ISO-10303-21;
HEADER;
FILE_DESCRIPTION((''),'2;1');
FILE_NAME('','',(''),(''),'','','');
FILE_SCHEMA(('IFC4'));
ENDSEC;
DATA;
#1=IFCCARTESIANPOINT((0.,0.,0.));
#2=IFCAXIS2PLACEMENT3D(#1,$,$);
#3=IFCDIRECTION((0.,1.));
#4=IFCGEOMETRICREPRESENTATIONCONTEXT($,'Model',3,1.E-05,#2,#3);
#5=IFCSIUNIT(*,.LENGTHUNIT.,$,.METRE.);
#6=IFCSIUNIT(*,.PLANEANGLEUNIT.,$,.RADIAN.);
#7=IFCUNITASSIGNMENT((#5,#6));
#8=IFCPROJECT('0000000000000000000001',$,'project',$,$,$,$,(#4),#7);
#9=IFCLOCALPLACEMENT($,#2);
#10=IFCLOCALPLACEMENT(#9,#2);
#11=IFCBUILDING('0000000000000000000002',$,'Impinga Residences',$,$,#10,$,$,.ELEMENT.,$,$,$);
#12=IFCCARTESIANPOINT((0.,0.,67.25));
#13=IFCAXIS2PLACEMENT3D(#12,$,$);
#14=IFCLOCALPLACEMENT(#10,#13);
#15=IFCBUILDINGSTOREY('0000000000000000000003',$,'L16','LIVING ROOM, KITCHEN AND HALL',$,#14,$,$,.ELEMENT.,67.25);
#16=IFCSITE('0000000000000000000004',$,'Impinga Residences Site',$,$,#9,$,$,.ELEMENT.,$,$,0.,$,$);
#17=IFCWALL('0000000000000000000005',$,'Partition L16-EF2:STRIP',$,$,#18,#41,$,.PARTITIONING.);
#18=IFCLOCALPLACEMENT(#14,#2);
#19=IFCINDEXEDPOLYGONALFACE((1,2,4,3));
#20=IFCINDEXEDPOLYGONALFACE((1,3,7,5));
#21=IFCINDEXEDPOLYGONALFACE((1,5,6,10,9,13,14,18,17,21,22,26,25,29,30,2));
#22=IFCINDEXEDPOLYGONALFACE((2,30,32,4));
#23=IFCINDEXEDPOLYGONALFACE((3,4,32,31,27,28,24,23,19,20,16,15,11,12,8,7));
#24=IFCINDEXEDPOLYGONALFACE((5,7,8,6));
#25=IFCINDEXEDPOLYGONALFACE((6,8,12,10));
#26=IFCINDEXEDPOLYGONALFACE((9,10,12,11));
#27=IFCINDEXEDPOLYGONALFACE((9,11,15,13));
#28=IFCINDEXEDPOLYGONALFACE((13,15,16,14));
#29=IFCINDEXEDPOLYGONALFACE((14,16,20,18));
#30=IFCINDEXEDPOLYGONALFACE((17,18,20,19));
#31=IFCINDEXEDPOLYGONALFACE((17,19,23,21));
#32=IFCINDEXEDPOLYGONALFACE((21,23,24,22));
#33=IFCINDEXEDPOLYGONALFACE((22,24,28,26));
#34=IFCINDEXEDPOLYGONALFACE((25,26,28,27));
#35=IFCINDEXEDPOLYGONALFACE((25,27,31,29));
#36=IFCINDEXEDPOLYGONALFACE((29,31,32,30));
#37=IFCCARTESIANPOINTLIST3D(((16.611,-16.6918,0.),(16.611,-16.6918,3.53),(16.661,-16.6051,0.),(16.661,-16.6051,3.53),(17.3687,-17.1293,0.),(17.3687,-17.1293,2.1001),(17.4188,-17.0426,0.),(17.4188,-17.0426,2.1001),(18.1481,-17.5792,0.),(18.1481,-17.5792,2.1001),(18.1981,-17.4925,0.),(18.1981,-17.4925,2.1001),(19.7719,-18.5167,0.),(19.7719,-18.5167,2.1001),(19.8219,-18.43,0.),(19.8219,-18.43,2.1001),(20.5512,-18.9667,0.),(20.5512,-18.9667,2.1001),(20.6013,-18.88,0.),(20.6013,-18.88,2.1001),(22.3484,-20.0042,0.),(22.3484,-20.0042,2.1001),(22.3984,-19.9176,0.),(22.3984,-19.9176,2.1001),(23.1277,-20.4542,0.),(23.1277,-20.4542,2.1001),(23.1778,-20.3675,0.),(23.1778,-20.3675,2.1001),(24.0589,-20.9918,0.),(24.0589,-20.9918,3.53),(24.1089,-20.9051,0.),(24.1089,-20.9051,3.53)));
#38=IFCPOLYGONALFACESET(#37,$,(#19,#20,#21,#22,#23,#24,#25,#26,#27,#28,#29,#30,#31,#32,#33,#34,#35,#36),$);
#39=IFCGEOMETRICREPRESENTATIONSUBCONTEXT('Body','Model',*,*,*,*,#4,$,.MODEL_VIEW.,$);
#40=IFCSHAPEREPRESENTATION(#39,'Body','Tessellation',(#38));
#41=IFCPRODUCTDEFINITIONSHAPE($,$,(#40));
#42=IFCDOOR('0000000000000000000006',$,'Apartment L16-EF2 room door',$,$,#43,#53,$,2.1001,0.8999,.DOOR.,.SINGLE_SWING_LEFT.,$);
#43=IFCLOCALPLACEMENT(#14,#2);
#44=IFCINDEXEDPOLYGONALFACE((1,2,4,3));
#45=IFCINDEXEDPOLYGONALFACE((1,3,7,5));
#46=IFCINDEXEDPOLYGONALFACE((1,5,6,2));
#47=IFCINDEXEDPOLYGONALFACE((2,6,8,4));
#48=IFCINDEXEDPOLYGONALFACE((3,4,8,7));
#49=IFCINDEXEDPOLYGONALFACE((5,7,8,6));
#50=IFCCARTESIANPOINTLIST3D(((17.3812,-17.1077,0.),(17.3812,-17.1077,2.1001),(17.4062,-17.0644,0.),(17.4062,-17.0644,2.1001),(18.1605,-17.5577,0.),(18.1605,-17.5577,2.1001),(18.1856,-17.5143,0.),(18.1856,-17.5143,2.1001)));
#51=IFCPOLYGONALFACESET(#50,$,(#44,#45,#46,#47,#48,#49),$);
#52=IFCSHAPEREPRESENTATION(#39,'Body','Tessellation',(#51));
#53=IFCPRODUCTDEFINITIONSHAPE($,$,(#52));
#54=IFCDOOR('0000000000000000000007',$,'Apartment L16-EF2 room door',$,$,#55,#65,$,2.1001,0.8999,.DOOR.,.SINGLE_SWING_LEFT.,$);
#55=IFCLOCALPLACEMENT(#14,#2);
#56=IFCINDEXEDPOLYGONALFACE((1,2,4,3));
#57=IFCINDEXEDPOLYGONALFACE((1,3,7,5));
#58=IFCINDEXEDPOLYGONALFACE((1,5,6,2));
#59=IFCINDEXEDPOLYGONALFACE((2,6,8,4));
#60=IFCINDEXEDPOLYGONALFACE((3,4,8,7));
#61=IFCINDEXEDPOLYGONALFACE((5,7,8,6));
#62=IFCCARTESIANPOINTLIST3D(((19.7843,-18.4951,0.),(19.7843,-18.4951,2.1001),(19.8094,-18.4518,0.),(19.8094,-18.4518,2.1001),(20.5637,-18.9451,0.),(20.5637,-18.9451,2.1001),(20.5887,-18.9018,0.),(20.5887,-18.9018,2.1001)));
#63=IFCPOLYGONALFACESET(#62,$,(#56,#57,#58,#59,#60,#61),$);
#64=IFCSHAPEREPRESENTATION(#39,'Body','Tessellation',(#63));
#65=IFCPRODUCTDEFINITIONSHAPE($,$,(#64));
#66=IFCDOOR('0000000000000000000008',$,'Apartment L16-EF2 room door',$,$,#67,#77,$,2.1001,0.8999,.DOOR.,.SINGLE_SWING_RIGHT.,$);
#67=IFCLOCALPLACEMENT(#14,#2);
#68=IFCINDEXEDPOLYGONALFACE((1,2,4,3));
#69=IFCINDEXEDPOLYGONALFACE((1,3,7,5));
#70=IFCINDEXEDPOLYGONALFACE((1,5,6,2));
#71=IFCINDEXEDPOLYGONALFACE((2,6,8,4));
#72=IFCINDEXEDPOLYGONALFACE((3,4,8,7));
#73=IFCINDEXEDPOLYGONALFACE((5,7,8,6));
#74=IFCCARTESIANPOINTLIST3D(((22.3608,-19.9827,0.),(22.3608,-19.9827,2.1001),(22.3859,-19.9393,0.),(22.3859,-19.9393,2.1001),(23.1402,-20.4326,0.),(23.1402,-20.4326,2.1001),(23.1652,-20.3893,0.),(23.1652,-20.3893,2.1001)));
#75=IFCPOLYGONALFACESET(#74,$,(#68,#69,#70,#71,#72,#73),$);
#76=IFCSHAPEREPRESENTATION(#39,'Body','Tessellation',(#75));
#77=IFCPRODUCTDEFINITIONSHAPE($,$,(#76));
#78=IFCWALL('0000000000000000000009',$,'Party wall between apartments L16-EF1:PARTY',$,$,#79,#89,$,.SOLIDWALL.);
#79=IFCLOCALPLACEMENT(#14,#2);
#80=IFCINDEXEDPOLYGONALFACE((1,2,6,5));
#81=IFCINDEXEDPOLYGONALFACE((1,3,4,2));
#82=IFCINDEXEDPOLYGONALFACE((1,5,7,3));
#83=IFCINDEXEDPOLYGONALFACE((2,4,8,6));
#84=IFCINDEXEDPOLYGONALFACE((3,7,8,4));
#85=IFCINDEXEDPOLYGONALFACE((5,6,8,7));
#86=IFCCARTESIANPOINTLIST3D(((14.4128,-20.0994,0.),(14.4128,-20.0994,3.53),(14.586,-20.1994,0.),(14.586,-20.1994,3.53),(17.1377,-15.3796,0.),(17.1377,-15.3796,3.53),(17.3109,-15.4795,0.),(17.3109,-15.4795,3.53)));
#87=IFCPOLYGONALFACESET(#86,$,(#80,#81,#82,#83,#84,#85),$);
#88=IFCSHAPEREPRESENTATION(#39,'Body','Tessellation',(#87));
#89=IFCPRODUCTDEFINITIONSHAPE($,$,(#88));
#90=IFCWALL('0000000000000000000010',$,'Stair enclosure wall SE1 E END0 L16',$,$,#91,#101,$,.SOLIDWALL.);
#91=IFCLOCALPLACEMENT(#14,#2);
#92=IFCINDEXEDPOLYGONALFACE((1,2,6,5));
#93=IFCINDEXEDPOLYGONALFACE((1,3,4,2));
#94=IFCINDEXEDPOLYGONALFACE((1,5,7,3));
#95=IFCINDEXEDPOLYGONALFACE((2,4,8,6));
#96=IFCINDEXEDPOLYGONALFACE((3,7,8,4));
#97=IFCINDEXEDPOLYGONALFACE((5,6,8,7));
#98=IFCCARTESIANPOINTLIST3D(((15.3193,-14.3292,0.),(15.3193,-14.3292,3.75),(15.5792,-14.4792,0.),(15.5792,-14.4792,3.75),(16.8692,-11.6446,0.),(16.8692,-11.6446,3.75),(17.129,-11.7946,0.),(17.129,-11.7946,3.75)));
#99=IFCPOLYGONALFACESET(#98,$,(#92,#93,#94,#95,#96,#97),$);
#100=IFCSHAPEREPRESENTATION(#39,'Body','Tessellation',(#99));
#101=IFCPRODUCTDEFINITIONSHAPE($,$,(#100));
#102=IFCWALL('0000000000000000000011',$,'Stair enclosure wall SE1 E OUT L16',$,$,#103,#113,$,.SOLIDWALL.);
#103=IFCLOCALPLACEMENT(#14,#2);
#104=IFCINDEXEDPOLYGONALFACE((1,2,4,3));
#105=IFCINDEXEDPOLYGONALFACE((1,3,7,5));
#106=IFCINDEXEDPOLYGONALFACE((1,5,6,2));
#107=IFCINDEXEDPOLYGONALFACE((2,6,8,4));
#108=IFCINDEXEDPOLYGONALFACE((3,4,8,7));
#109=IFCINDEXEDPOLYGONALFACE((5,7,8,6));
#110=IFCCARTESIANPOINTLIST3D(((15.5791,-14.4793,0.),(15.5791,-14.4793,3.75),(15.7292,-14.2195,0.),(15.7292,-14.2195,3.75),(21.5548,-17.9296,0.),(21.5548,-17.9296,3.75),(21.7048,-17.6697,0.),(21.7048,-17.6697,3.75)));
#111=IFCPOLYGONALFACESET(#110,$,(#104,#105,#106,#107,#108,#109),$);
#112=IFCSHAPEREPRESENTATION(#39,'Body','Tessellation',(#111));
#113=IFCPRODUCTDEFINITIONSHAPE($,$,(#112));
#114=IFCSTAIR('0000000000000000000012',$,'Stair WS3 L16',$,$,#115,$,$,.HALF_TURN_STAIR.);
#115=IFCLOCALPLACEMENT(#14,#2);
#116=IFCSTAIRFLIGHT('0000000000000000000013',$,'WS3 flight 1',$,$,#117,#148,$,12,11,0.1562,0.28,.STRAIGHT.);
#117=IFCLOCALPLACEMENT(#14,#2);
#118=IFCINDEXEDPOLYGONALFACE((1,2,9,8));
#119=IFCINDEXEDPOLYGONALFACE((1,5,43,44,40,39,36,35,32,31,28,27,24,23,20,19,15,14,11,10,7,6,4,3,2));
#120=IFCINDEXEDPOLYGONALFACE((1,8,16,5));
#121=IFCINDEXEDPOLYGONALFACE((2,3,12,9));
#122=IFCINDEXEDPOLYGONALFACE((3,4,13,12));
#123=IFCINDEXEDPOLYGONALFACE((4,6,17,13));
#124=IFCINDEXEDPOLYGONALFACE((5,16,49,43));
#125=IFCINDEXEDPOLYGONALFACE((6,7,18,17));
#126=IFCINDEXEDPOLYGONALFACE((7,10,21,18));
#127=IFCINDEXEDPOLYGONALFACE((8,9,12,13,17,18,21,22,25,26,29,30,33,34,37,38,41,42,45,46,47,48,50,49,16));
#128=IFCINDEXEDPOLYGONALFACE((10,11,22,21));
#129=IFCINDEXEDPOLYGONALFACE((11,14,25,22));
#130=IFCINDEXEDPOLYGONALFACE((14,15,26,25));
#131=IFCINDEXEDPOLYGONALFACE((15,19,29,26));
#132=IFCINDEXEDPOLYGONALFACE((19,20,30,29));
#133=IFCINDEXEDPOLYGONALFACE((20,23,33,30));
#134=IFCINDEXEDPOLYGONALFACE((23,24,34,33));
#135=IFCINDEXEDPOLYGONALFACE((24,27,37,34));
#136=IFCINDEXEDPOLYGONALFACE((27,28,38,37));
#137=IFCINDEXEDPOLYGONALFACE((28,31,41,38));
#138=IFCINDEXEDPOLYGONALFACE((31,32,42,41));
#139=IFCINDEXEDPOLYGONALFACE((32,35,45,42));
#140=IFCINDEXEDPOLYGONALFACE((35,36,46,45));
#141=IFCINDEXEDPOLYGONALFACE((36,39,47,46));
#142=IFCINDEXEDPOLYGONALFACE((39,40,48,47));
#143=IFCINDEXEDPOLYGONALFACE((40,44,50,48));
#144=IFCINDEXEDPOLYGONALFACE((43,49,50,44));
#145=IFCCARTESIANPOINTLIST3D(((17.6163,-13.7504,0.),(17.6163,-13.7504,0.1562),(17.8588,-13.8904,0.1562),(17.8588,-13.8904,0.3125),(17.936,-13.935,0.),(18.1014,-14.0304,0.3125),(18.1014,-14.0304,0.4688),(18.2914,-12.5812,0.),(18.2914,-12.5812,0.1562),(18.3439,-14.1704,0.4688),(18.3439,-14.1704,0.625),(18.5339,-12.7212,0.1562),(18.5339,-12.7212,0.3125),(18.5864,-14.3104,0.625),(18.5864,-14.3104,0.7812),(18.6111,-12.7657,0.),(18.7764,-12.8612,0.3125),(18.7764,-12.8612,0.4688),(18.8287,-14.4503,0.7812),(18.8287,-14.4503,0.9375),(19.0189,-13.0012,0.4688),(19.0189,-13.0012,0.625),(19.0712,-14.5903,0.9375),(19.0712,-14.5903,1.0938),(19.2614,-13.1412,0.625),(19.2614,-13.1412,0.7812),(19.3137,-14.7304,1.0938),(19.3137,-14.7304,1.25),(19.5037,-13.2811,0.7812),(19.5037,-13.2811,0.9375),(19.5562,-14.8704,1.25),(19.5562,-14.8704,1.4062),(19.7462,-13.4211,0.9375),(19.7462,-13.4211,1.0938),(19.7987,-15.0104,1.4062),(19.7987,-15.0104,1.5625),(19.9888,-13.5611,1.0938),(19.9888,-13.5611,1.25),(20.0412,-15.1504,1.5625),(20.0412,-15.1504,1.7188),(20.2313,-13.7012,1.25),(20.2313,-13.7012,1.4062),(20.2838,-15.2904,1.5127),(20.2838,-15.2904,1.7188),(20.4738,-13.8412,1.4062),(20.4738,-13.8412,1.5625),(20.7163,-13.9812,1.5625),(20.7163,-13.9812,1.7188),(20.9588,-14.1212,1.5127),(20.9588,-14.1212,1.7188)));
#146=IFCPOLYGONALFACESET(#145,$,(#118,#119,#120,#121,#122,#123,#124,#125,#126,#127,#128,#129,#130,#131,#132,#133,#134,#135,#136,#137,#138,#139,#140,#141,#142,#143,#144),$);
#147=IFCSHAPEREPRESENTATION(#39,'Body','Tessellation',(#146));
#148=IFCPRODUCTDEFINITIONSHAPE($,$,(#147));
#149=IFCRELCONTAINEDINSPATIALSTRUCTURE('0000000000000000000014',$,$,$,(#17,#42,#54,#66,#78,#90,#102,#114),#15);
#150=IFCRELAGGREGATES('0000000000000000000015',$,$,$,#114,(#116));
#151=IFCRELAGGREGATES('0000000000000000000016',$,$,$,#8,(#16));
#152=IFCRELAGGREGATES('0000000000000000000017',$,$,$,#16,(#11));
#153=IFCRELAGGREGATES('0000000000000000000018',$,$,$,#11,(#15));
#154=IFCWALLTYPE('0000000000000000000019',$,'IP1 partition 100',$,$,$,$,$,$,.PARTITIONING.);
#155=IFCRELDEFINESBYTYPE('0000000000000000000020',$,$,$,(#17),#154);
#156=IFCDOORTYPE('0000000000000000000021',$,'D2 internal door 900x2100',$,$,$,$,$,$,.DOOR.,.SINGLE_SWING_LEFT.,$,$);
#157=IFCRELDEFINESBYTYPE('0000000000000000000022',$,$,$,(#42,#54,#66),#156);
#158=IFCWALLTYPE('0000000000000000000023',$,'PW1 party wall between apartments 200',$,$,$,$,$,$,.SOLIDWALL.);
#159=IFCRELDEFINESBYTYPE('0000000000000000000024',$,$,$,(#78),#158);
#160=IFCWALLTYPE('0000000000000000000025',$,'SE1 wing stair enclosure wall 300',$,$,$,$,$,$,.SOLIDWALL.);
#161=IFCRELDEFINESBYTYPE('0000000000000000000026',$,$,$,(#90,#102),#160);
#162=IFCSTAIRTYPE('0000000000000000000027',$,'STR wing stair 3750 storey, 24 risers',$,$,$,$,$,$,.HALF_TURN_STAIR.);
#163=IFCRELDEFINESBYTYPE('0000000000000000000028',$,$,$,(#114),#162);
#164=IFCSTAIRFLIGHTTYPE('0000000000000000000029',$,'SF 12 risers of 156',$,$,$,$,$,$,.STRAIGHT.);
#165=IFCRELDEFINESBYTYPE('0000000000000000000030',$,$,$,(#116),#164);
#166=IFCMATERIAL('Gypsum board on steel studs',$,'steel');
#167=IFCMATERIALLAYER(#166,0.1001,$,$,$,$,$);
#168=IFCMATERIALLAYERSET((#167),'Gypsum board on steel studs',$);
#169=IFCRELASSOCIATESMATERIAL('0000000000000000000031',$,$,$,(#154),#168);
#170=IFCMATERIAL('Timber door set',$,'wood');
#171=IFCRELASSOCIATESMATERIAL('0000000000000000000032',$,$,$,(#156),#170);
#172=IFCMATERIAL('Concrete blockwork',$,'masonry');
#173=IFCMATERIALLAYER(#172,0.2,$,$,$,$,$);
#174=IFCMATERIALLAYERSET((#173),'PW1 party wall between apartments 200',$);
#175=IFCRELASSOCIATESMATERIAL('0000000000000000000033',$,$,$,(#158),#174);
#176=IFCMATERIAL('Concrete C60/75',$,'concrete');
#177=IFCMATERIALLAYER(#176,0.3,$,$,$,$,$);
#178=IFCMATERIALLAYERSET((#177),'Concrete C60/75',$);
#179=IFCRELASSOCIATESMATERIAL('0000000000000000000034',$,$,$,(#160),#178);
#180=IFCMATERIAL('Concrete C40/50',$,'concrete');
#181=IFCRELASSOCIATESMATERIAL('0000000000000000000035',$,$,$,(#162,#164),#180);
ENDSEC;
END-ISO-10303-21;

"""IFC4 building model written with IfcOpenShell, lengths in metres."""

from ifc_helpers import new_model, si_unit, direction, frame, frame_2d, origin, place, context, subcontext, project, spatial, polyline, rectangle, outline, extrude, material, layer, layer_set, type_object, element, fill, aggregate, save


model = new_model("IFC4")

# Units and contexts
model_context = context("Model", 3, precision=1e-05, world=origin(), true_north=direction((0.0, 1.0)))
body_context = subcontext(model_context, "Body", "Model", "MODEL_VIEW")
ifc_project = project(units=[si_unit("LENGTHUNIT", "METRE"), si_unit("PLANEANGLEUNIT", "RADIAN")], contexts=[model_context])

# Site, building, storey
site_placement = place(None, origin())
site = spatial("IfcSite", under=ifc_project, at=site_placement, Name="Impinga Residences Site", CompositionType="ELEMENT", RefElevation=0.0)
building_placement = place(site_placement, origin())
building = spatial("IfcBuilding", under=site, at=building_placement, Name="Impinga Residences", CompositionType="ELEMENT")
storey_placement = place(building_placement, frame((0.0, 0.0, 67.25)))
storey = spatial("IfcBuildingStorey", under=building, at=storey_placement, Name="L16", Description="LIVING ROOM, KITCHEN AND HALL", CompositionType="ELEMENT", Elevation=67.25)

# Shared definitions
ifc_material_1 = material(Name="Concrete C60/75", Category="concrete")

# Shared definitions
ifc_material_2 = material(Name="Gypsum board on steel studs", Category="steel")
ifc_layer_1 = layer(ifc_material_2, 0.1001)
ifc_layer_set_1 = layer_set([ifc_layer_1], Name="Gypsum board on steel studs")
wall_type_1 = type_object("IfcWallType", Name="IP1 partition 100", PredefinedType="PARTITIONING", material=ifc_layer_set_1)

# Shared definitions
ifc_material_3 = material(Name="Timber door set", Category="wood")
door_type = type_object("IfcDoorType", Name="D2 internal door 900x2100", OperationType="SINGLE_SWING_LEFT", PredefinedType="DOOR", material=ifc_material_3)

# Wall, openings, doors
wall_1_placement = place(storey_placement, frame((16.636, -16.6484, 0.0), z_axis=(0.0, 0.0, 1.0), x_axis=(0.866028, -0.499995, 0.0)))
wall_1 = element("IfcWall", 1, at=wall_1_placement, inside=storey, type_object=wall_type_1, Name="Partition L16-EF2:STRIP", PredefinedType="PARTITIONING", context=body_context, shape_type="SweptSolid", body=[
    extrude(rectangle(XDim=8.6001, YDim=0.1001, at=frame_2d((4.3, 0.0))), origin(), (0.0, 0.0, 1.0), 3.53),
])
opening_1_placement = place(wall_1_placement, frame((0.875, 0.0, 0.0)))
opening_1 = element("IfcOpeningElement", 2, at=opening_1_placement, cuts=wall_1, PredefinedType="OPENING", context=body_context, shape_type="SweptSolid", body=[
    extrude(rectangle(XDim=0.8999, YDim=2.1001, at=frame_2d((0.45, 1.05))), frame((0.0, 0.0601, 0.0), z_axis=(0.0, -1.0, 0.0), x_axis=(1.0, 0.0, 0.0)), (0.0, 0.0, 1.0), 0.1201),
])
opening_2_placement = place(wall_1_placement, frame((3.6499, 0.0, 0.0)))
opening_2 = element("IfcOpeningElement", 3, at=opening_2_placement, cuts=wall_1, PredefinedType="OPENING", context=body_context, shape_type="SweptSolid", body=[
    extrude(rectangle(XDim=0.8999, YDim=2.1001, at=frame_2d((0.45, 1.05))), frame((0.0, 0.0601, 0.0), z_axis=(0.0, -1.0, 0.0), x_axis=(1.0, 0.0, 0.0)), (0.0, 0.0, 1.0), 0.1201),
])
opening_3_placement = place(wall_1_placement, frame((6.625, 0.0, 0.0)))
opening_3 = element("IfcOpeningElement", 4, at=opening_3_placement, cuts=wall_1, PredefinedType="OPENING", context=body_context, shape_type="SweptSolid", body=[
    extrude(rectangle(XDim=0.8999, YDim=2.1001, at=frame_2d((0.45, 1.05))), frame((0.0, 0.0601, 0.0), z_axis=(0.0, -1.0, 0.0), x_axis=(1.0, 0.0, 0.0)), (0.0, 0.0, 1.0), 0.1201),
])
door_1_placement = place(opening_1_placement, origin())
door_1 = element("IfcDoor", 5, at=door_1_placement, inside=storey, type_object=door_type, Name="Apartment L16-EF2 room door", OperationType="SINGLE_SWING_LEFT", OverallHeight=2.1001, OverallWidth=0.8999, PredefinedType="DOOR", context=body_context, shape_type="SweptSolid", body=[
    extrude(rectangle(XDim=0.8999, YDim=2.1001, at=frame_2d((0.45, 1.05))), frame((0.0, 0.0249, 0.0), z_axis=(0.0, -1.0, 0.0), x_axis=(1.0, 0.0, 0.0)), (0.0, 0.0, 1.0), 0.05),
])
fill(opening_1, door_1)
door_2_placement = place(opening_2_placement, origin())
door_2 = element("IfcDoor", 6, at=door_2_placement, inside=storey, type_object=door_type, Name="Apartment L16-EF2 room door", OperationType="SINGLE_SWING_LEFT", OverallHeight=2.1001, OverallWidth=0.8999, PredefinedType="DOOR", context=body_context, shape_type="SweptSolid", body=[
    extrude(rectangle(XDim=0.8999, YDim=2.1001, at=frame_2d((0.45, 1.05))), frame((0.0, 0.0249, 0.0), z_axis=(0.0, -1.0, 0.0), x_axis=(1.0, 0.0, 0.0)), (0.0, 0.0, 1.0), 0.05),
])
fill(opening_2, door_2)
door_3_placement = place(opening_3_placement, origin())
door_3 = element("IfcDoor", 7, at=door_3_placement, inside=storey, type_object=door_type, Name="Apartment L16-EF2 room door", OperationType="SINGLE_SWING_RIGHT", OverallHeight=2.1001, OverallWidth=0.8999, PredefinedType="DOOR", context=body_context, shape_type="SweptSolid", body=[
    extrude(rectangle(XDim=0.8999, YDim=2.1001, at=frame_2d((0.45, 1.05))), frame((0.0, 0.0249, 0.0), z_axis=(0.0, -1.0, 0.0), x_axis=(1.0, 0.0, 0.0)), (0.0, 0.0, 1.0), 0.05),
])
fill(opening_3, door_3)

# Walls
ifc_material_4 = material(Name="Concrete blockwork", Category="masonry")
ifc_layer_2 = layer(ifc_material_4, 0.2)
ifc_layer_set_2 = layer_set([ifc_layer_2], Name="PW1 party wall between apartments 200")
wall_type_2 = type_object("IfcWallType", Name="PW1 party wall between apartments 200", PredefinedType="SOLIDWALL", material=ifc_layer_set_2)
wall_2_placement = place(storey_placement, frame((17.2244, -15.4294, 0.0), z_axis=(0.0, 0.0, 1.0), x_axis=(-0.499989, -0.866032, 0.0)))
element("IfcWall", 8, at=wall_2_placement, inside=storey, type_object=wall_type_2, Name="Party wall between apartments L16-EF1:PARTY", PredefinedType="SOLIDWALL", context=body_context, shape_type="SweptSolid", body=[
    extrude(rectangle(XDim=5.45, YDim=0.2, at=frame_2d((2.7251, 0.0))), origin(), (0.0, 0.0, 1.0), 3.53),
])
ifc_layer_3 = layer(ifc_material_1, 0.3)
ifc_layer_set_3 = layer_set([ifc_layer_3], Name="Concrete C60/75")
wall_type_3 = type_object("IfcWallType", Name="SE1 wing stair enclosure wall 300", PredefinedType="SOLIDWALL", material=ifc_layer_set_3)
wall_3_placement = place(storey_placement, frame((16.999, -11.7197, 0.0), z_axis=(0.0, 0.0, 1.0), x_axis=(-0.499968, -0.866044, 0.0)))
element("IfcWall", 9, at=wall_3_placement, inside=storey, type_object=wall_type_3, Name="Stair enclosure wall SE1 E END0 L16", PredefinedType="SOLIDWALL", context=body_context, shape_type="SweptSolid", body=[
    extrude(rectangle(XDim=3.0999, YDim=0.3, at=frame_2d((1.5498, 0.0))), origin(), (0.0, 0.0, 1.0), 3.75),
])
wall_4_placement = place(storey_placement, frame((15.6541, -14.3494, 0.0), z_axis=(0.0, 0.0, 1.0), x_axis=(0.866014, -0.500021, 0.0)))
element("IfcWall", 10, at=wall_4_placement, inside=storey, type_object=wall_type_3, Name="Stair enclosure wall SE1 E OUT L16", PredefinedType="SOLIDWALL", context=body_context, shape_type="SweptSolid", body=[
    extrude(rectangle(XDim=6.9001, YDim=0.3, at=frame_2d((3.4502, 0.0))), origin(), (0.0, 0.0, 1.0), 3.75),
])

# Stair, stair flight
ifc_material_5 = material(Name="Concrete C40/50", Category="concrete")
stair_type = type_object("IfcStairType", Name="STR wing stair 3750 storey, 24 risers", PredefinedType="HALF_TURN_STAIR", material=ifc_material_5)
stair_placement = place(storey_placement, origin())
stair = element("IfcStair", 11, at=stair_placement, inside=storey, type_object=stair_type, Name="Stair WS3 L16", PredefinedType="HALF_TURN_STAIR")
stair_flight_type = type_object("IfcStairFlightType", Name="SF 12 risers of 156", PredefinedType="STRAIGHT", material=ifc_material_5)
stair_flight_placement = place(storey_placement, frame((17.9539, -13.1658, 0.0), z_axis=(0.0, 0.0, 1.0), x_axis=(0.866025, -0.5, 0.0)))
stair_flight = element("IfcStairFlight", 12, at=stair_flight_placement, type_object=stair_flight_type, Name="WS3 flight 1", NumberOfRisers=12, NumberOfTreads=11, PredefinedType="STRAIGHT", RiserHeight=0.1562, TreadLength=0.28, context=body_context, shape_type="SweptSolid", body=[
    extrude(outline(polyline([(0.0, 0.0), (0.0, 0.1562), (0.28, 0.1562), (0.28, 0.3125), (0.5601, 0.3125), (0.5601, 0.4688), (0.8401, 0.4688), (0.8401, 0.625), (1.1201, 0.625), (1.1201, 0.7812), (1.3999, 0.7812), (1.3999, 0.9375), (1.6799, 0.9375), (1.6799, 1.0938), (1.96, 1.0938), (1.96, 1.25), (2.24, 1.25), (2.24, 1.4062), (2.52, 1.4062), (2.52, 1.5625), (2.8, 1.5625), (2.8, 1.7188), (3.0801, 1.7188), (3.0801, 1.875), (3.0801, 1.5127), (0.3691, 0.0), (0.0, 0.0)])), frame((0.0, 0.675, 0.0), z_axis=(0.0, -1.0, 0.0), x_axis=(1.0, 0.0, 0.0)), (0.0, 0.0, 1.0), 1.3501),
])
aggregate(stair, [stair_flight])

save(model, "model.ifc")
